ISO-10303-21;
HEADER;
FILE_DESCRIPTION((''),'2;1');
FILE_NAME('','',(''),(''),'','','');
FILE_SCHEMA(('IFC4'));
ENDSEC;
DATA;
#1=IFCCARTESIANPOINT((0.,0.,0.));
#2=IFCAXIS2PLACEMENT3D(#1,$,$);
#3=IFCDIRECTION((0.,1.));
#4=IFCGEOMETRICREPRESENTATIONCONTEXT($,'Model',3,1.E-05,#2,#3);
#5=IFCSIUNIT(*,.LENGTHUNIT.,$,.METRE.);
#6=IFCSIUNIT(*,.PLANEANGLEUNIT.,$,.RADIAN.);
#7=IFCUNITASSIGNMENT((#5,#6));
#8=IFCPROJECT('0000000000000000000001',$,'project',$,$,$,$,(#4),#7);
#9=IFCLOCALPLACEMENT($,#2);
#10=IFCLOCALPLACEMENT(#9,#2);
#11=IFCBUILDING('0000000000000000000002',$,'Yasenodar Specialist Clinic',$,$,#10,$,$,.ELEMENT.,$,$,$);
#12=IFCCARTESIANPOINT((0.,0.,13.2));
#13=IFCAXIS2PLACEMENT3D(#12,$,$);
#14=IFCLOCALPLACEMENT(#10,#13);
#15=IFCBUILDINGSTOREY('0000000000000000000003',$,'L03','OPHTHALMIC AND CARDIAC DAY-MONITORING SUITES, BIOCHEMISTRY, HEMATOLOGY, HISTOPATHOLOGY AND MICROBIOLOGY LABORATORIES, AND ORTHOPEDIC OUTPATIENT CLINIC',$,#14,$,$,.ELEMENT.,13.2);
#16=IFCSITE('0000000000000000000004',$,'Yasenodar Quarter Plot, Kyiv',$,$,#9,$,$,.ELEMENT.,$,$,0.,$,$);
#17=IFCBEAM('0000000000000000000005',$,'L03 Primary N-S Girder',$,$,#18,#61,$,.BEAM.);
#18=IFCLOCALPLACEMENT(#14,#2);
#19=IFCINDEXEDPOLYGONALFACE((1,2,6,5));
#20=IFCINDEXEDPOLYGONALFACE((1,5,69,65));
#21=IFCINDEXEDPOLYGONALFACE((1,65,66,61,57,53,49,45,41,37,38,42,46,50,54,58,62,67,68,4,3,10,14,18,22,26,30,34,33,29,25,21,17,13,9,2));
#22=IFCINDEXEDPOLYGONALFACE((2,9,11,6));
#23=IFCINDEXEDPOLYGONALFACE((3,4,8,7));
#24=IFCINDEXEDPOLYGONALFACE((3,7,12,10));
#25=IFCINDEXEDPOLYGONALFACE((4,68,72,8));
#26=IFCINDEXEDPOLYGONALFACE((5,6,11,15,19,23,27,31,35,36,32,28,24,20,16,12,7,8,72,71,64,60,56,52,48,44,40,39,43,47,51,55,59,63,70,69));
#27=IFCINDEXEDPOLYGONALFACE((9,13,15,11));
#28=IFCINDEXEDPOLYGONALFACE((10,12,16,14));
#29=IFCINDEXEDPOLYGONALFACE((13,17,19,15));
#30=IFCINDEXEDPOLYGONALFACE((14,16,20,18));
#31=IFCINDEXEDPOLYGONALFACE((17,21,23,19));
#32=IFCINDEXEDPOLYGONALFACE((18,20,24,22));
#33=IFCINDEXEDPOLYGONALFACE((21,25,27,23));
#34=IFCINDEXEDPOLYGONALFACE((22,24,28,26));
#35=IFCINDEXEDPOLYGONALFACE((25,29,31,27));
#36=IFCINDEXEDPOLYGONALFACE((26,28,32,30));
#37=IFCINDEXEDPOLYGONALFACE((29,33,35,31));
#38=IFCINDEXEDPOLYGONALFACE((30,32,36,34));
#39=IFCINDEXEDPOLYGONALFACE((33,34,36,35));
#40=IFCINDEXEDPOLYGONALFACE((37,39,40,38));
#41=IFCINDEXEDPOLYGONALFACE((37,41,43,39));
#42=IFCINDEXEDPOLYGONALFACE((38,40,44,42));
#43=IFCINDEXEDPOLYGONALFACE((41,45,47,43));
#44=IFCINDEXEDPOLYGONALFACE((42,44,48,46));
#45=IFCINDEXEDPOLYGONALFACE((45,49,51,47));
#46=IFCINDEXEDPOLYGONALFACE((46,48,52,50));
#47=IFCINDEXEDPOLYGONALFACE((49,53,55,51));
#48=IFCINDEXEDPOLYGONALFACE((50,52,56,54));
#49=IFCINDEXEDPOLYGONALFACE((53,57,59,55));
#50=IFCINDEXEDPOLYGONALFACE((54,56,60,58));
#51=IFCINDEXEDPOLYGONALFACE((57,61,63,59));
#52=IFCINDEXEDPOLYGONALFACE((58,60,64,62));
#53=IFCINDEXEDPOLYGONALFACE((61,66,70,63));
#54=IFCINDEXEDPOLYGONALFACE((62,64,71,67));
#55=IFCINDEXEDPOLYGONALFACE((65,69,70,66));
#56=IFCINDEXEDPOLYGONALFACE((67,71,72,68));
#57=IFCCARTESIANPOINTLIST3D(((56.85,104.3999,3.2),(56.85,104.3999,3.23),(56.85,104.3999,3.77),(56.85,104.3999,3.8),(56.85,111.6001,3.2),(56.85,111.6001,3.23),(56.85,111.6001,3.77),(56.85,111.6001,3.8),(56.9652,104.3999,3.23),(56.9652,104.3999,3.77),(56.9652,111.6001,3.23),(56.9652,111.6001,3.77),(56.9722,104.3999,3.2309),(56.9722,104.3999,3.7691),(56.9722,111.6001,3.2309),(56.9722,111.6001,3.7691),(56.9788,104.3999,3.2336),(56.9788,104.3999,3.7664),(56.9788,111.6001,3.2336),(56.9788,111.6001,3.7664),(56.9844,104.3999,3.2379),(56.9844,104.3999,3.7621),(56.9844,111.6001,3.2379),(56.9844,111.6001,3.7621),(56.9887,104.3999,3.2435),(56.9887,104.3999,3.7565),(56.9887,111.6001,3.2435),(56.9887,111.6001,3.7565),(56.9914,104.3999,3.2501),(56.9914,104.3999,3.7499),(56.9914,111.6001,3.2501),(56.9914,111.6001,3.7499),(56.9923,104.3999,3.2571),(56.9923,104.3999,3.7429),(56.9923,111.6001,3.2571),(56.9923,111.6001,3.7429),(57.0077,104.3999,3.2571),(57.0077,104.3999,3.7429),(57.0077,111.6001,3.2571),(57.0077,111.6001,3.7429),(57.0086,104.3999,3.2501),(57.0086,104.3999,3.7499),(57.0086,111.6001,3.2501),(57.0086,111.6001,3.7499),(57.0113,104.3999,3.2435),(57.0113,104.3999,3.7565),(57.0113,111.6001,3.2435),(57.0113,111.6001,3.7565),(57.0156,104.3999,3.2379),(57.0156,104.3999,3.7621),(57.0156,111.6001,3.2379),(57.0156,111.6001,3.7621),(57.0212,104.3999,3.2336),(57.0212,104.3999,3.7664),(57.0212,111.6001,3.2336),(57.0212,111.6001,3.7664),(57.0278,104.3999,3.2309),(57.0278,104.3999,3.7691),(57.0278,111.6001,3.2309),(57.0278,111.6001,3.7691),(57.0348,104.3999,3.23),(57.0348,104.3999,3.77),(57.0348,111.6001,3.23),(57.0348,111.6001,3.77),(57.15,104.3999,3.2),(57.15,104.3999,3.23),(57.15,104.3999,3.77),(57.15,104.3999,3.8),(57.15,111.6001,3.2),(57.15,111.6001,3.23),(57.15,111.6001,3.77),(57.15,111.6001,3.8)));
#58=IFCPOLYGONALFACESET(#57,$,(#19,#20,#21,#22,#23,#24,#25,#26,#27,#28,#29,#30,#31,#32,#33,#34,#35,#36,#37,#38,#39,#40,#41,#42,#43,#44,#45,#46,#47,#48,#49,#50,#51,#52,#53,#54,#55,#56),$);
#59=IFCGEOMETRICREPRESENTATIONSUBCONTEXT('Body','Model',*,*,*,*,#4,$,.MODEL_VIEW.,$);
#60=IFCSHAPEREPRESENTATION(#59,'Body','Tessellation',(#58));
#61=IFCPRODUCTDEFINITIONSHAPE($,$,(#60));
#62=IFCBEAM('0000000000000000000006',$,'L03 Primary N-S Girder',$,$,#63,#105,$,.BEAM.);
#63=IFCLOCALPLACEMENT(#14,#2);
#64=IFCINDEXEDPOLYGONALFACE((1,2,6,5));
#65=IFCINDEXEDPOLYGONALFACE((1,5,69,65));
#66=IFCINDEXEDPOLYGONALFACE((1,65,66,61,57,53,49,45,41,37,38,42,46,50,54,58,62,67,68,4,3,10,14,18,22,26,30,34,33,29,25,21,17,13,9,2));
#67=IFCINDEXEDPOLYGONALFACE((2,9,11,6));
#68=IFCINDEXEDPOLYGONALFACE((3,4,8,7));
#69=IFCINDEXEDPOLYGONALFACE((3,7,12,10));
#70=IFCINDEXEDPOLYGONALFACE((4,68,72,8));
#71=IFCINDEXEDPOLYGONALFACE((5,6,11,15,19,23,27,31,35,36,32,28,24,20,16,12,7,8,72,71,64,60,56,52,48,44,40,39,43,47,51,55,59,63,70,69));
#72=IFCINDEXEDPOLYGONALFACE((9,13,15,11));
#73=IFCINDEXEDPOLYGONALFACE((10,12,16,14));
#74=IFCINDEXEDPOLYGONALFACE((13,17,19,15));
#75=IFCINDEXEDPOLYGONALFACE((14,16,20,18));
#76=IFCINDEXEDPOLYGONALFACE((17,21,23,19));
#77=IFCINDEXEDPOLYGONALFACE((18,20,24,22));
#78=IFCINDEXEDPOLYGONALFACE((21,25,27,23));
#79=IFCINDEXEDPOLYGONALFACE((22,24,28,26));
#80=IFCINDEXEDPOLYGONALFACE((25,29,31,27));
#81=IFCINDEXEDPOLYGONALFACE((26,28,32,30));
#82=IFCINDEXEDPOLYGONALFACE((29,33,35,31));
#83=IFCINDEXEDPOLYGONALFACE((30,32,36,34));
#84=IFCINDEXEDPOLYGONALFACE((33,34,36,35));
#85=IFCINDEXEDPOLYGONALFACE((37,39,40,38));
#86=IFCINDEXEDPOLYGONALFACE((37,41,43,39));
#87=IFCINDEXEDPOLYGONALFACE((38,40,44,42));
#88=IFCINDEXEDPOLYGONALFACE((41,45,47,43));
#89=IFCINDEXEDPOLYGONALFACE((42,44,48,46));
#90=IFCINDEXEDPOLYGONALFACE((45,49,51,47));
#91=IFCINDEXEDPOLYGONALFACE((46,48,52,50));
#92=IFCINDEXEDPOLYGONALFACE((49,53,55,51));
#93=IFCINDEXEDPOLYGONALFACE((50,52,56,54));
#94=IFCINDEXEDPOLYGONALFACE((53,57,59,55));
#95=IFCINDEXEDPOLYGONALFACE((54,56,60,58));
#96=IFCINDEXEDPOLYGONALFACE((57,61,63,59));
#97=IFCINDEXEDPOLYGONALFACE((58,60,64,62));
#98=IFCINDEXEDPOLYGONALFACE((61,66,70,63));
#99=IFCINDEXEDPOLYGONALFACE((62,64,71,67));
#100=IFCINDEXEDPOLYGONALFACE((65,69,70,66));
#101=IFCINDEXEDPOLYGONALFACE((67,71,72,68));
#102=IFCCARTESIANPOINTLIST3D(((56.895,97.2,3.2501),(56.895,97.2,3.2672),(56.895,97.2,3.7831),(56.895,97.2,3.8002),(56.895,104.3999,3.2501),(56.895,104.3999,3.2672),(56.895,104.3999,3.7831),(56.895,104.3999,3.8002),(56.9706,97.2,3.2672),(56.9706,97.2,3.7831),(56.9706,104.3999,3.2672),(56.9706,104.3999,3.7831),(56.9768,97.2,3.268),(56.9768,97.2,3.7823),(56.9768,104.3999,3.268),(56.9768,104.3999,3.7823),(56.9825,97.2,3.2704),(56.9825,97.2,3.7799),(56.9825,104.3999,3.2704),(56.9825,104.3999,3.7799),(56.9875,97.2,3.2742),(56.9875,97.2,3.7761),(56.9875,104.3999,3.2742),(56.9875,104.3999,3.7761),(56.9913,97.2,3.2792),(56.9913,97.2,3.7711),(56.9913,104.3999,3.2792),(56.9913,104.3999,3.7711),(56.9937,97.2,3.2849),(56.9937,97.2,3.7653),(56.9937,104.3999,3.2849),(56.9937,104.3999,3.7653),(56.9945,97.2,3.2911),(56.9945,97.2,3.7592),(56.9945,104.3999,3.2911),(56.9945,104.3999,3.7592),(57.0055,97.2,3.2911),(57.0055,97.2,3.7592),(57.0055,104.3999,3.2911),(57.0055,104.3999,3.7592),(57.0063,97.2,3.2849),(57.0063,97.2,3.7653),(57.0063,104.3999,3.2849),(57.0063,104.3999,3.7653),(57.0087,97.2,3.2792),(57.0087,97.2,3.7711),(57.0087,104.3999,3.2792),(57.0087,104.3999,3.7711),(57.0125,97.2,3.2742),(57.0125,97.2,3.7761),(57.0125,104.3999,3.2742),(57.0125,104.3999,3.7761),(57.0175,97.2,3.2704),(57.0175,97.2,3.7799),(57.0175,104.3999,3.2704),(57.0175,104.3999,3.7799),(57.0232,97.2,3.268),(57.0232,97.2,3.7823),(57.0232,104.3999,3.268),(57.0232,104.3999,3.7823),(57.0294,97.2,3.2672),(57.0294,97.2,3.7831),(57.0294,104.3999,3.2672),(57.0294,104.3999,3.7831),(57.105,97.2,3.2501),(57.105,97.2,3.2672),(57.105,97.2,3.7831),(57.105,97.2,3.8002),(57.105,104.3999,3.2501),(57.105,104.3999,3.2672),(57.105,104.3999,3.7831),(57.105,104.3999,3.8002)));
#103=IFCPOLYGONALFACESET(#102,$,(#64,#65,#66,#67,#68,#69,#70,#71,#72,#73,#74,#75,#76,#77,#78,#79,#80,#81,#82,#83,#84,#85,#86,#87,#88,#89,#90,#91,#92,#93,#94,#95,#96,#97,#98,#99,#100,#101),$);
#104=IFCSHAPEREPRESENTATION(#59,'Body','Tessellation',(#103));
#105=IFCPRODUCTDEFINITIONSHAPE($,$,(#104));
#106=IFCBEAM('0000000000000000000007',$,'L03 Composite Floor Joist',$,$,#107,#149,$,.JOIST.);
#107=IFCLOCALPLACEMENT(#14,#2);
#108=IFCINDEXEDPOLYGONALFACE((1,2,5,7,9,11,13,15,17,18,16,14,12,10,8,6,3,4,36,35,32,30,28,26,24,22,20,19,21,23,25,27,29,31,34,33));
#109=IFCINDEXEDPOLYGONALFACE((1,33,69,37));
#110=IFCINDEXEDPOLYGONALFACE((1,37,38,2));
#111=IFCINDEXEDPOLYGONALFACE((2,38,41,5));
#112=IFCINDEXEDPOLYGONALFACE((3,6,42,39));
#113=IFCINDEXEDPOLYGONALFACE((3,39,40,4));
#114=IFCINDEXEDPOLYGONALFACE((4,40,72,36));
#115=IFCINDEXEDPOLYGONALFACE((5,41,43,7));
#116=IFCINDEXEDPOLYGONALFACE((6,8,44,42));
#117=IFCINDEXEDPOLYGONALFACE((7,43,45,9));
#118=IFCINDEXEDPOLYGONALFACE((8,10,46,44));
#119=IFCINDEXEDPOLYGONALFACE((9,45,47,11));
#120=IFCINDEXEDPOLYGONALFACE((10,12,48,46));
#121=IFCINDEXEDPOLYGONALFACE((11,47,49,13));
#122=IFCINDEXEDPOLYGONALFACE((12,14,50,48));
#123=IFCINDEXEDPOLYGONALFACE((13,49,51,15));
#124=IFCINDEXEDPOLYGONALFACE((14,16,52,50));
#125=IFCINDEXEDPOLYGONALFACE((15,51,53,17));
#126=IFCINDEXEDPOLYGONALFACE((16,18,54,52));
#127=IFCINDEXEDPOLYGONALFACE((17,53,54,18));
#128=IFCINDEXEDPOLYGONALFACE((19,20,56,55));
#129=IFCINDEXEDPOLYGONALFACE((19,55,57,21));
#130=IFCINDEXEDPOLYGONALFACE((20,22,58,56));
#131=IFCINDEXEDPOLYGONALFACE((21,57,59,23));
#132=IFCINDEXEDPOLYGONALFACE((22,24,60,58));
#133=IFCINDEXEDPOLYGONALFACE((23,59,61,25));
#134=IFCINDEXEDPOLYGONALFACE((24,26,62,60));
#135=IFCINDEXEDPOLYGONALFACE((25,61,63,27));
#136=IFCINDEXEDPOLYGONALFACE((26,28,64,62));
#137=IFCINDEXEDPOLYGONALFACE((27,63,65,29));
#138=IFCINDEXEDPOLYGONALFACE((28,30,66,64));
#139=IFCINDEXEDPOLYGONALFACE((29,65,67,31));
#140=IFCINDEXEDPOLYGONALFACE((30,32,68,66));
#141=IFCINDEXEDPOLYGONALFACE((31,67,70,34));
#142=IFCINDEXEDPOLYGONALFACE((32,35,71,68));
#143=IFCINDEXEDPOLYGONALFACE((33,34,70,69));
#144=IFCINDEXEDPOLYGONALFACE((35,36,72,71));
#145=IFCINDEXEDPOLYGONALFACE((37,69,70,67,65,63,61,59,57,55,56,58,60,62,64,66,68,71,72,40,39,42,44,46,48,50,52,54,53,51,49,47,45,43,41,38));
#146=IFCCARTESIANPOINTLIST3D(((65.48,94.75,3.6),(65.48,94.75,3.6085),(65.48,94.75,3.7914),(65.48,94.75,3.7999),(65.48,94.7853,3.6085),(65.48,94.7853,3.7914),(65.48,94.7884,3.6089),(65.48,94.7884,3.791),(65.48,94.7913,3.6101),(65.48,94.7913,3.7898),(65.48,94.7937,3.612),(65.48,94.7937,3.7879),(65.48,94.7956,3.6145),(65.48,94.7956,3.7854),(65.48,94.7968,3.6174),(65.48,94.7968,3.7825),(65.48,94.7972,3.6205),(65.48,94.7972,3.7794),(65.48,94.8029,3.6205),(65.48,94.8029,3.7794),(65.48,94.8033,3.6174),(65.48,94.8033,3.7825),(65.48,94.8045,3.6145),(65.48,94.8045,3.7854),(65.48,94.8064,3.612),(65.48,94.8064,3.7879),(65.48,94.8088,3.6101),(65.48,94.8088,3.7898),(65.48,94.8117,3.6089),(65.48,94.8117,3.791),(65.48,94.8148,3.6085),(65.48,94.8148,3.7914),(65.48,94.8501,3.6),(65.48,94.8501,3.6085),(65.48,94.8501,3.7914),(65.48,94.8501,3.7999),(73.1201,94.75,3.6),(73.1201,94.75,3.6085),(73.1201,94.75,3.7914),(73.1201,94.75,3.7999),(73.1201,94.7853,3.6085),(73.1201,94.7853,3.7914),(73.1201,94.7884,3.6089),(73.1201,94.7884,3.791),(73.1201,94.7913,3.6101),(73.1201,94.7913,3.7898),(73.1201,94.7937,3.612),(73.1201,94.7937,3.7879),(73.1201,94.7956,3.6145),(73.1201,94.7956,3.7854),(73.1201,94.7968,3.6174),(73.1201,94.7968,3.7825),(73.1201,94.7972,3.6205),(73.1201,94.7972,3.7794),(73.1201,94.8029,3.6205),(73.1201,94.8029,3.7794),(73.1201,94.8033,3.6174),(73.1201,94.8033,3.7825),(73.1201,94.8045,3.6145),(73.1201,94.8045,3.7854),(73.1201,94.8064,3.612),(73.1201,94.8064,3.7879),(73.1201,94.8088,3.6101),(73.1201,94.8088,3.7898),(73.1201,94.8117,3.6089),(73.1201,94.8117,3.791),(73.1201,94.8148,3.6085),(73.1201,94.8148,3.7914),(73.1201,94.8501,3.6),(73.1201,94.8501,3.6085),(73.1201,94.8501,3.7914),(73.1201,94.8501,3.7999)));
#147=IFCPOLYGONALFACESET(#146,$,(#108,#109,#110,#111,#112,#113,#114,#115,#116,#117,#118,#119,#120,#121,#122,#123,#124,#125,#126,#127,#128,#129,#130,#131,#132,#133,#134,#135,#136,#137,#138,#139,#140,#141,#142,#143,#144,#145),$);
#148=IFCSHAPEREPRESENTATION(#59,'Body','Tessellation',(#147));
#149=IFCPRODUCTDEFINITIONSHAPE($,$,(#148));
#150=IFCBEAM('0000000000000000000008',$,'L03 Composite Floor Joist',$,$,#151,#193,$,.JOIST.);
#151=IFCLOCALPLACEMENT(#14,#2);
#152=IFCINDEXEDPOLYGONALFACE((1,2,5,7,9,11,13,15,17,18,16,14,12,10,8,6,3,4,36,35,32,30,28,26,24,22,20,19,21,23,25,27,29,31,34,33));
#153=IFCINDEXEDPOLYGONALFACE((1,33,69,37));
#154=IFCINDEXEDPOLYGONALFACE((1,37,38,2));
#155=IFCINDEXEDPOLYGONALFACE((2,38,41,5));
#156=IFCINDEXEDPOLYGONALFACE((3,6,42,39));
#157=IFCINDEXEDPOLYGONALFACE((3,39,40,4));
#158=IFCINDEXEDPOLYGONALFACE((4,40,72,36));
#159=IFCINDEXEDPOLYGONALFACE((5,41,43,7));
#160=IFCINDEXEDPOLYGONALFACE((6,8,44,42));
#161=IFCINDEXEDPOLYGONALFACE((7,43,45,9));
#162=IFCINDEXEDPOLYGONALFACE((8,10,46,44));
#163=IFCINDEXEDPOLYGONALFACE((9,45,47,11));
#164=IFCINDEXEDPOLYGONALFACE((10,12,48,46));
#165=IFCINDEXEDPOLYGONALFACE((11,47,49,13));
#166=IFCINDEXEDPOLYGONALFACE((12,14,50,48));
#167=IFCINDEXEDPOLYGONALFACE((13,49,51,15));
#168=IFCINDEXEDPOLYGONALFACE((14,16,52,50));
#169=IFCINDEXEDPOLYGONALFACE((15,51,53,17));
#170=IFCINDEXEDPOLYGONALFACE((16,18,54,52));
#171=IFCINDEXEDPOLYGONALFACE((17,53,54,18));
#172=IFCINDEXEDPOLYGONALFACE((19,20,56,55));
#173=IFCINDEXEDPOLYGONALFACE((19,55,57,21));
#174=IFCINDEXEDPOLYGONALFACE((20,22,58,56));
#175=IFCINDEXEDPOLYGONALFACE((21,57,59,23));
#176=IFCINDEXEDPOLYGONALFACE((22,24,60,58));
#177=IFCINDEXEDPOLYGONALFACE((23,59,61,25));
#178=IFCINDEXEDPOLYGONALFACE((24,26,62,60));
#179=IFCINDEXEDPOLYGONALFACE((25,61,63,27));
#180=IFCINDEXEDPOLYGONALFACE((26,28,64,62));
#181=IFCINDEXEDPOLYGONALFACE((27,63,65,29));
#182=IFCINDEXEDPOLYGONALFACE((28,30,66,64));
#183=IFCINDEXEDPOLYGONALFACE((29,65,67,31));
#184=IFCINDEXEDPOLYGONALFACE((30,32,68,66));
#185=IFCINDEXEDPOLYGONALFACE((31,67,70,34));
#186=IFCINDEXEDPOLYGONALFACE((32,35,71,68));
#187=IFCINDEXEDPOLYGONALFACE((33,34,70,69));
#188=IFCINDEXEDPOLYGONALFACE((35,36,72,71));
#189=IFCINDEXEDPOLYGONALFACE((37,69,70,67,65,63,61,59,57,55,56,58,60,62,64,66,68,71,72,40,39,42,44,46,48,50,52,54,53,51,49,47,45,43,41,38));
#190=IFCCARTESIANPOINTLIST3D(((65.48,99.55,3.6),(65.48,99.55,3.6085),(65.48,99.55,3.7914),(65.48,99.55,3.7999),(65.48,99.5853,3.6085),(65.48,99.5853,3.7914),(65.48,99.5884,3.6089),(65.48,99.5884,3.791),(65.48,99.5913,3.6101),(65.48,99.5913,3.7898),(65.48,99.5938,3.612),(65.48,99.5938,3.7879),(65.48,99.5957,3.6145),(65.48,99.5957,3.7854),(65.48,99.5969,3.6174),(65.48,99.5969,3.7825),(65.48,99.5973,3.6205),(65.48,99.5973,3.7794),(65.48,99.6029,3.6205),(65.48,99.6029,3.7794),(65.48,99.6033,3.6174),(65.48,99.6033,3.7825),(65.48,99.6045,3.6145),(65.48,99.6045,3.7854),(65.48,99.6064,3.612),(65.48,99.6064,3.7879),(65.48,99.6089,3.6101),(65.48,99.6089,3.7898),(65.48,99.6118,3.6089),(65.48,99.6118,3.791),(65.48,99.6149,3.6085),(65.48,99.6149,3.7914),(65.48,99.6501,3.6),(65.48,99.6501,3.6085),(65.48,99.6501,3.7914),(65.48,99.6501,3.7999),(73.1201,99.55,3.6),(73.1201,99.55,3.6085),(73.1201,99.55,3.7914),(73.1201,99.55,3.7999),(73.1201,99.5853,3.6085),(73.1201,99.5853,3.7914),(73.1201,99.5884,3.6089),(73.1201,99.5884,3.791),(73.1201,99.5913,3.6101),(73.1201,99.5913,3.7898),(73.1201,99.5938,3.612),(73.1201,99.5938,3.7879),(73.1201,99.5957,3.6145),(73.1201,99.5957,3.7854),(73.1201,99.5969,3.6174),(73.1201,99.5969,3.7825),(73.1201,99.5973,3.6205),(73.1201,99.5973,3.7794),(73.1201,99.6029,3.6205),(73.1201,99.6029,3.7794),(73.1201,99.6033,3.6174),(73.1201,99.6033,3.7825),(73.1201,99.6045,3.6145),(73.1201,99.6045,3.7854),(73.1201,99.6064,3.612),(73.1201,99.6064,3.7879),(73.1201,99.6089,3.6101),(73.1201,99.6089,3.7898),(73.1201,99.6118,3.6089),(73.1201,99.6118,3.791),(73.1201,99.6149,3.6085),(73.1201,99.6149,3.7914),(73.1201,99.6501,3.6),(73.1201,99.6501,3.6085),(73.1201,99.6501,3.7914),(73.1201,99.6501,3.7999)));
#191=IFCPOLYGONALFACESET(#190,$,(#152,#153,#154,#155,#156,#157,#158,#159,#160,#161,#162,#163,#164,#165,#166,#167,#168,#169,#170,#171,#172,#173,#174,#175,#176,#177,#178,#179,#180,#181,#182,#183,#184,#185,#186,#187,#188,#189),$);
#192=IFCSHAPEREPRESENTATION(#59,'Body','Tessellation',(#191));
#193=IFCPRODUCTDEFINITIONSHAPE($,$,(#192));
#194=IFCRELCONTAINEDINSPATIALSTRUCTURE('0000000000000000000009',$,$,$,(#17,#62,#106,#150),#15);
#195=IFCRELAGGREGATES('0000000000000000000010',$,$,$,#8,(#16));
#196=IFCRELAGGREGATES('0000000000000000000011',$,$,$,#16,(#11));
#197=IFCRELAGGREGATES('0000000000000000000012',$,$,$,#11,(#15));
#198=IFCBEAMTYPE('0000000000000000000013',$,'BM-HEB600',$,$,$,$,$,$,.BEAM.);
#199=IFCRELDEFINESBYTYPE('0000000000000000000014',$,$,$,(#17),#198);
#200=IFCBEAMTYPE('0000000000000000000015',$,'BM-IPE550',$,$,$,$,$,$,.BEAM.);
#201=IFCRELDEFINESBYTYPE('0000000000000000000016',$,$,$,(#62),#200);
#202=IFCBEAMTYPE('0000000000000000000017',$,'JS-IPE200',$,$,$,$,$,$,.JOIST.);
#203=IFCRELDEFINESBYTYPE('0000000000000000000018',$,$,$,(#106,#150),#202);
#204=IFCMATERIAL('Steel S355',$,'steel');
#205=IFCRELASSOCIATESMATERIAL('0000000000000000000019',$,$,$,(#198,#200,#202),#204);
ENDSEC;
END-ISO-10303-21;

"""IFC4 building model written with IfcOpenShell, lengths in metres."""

from ifc_helpers import new_model, si_unit, direction, frame, origin, origin_2d, place, context, subcontext, project, spatial, i_section, extrude, material, material_profile, profile_set, type_object, element, save


model = new_model("IFC4")

# Units and contexts
model_context = context("Model", 3, precision=1e-05, world=origin(), true_north=direction((0.0, 1.0)))
body_context = subcontext(model_context, "Body", "Model", "MODEL_VIEW")
ifc_project = project(units=[si_unit("LENGTHUNIT", "METRE"), si_unit("PLANEANGLEUNIT", "RADIAN")], contexts=[model_context])

# Site, building, storey
site_placement = place(None, origin())
site = spatial("IfcSite", under=ifc_project, at=site_placement, Name="Yasenodar Quarter Plot, Kyiv", CompositionType="ELEMENT", RefElevation=0.0)
building_placement = place(site_placement, origin())
building = spatial("IfcBuilding", under=site, at=building_placement, Name="Yasenodar Specialist Clinic", CompositionType="ELEMENT")
storey_placement = place(building_placement, frame((0.0, 0.0, 13.2)))
storey = spatial("IfcBuildingStorey", under=building, at=storey_placement, Name="L03", Description="OPHTHALMIC AND CARDIAC DAY-MONITORING SUITES, BIOCHEMISTRY, HEMATOLOGY, HISTOPATHOLOGY AND MICROBIOLOGY LABORATORIES, AND ORTHOPEDIC OUTPATIENT CLINIC", CompositionType="ELEMENT", Elevation=13.2)

# Shared definitions
ifc_material_1 = material(Name="Steel S355", Category="steel")

# Beams
ifc_material_profile_1 = material_profile(ifc_material_1, i_section(OverallWidth=0.3, OverallDepth=0.6001, WebThickness=0.0154, FlangeThickness=0.03, FilletRadius=0.0271, at=origin_2d()), Name="HEB 600")
ifc_profile_set_1 = profile_set([ifc_material_profile_1], Name="Steel S355")
beam_type_1 = type_object("IfcBeamType", Name="BM-HEB600", PredefinedType="BEAM", material=ifc_profile_set_1)
beam_1_placement = place(storey_placement, frame((57.0, 104.3999, 3.5), z_axis=(0.0, 1.0, 0.0), x_axis=(-1.0, 0.0, 0.0)))
element("IfcBeam", 1, at=beam_1_placement, inside=storey, type_object=beam_type_1, Name="L03 Primary N-S Girder", PredefinedType="BEAM", context=body_context, shape_type="SweptSolid", body=[
    extrude(i_section(OverallWidth=0.3, OverallDepth=0.6001, WebThickness=0.0154, FlangeThickness=0.03, FilletRadius=0.0271, at=origin_2d()), origin(), (0.0, 0.0, 1.0), 7.2002),
])
ifc_material_profile_2 = material_profile(ifc_material_1, i_section(OverallWidth=0.21, OverallDepth=0.55, WebThickness=0.011, FlangeThickness=0.0171, FilletRadius=0.0239, at=origin_2d()), Name="IPE 550")
ifc_profile_set_2 = profile_set([ifc_material_profile_2], Name="Steel S355")
beam_type_2 = type_object("IfcBeamType", Name="BM-IPE550", PredefinedType="BEAM", material=ifc_profile_set_2)
beam_2_placement = place(storey_placement, frame((57.0, 97.2, 3.5251), z_axis=(0.0, 1.0, 0.0), x_axis=(-1.0, 0.0, 0.0)))
element("IfcBeam", 2, at=beam_2_placement, inside=storey, type_object=beam_type_2, Name="L03 Primary N-S Girder", PredefinedType="BEAM", context=body_context, shape_type="SweptSolid", body=[
    extrude(i_section(OverallWidth=0.21, OverallDepth=0.55, WebThickness=0.011, FlangeThickness=0.0171, FilletRadius=0.0239, at=origin_2d()), origin(), (0.0, 0.0, 1.0), 7.2),
])
ifc_material_profile_3 = material_profile(ifc_material_1, i_section(OverallWidth=0.1001, OverallDepth=0.2, WebThickness=0.0056, FlangeThickness=0.0085, FilletRadius=0.012, at=origin_2d()), Name="IPE 200")
ifc_profile_set_3 = profile_set([ifc_material_profile_3], Name="Steel S355")
beam_type_3 = type_object("IfcBeamType", Name="JS-IPE200", PredefinedType="JOIST", material=ifc_profile_set_3)
for number, where, z_axis, x_axis, name in (
    (3, (65.48, 94.8, 3.7), (1.0, 0.0, 0.0), (0.0, 1.0, 0.0), "L03 Composite Floor Joist"),
    (4, (65.48, 99.6001, 3.7), (1.0, 0.0, 0.0), (0.0, 1.0, 0.0), "L03 Composite Floor Joist"),
):
    element("IfcBeam", number, at=place(storey_placement, frame(where, z_axis=z_axis, x_axis=x_axis)), inside=storey, type_object=beam_type_3, Name=name, PredefinedType="JOIST", context=body_context, shape_type="SweptSolid", body=[
        extrude(i_section(OverallWidth=0.1001, OverallDepth=0.2, WebThickness=0.0056, FlangeThickness=0.0085, FilletRadius=0.012, at=origin_2d()), origin(), (0.0, 0.0, 1.0), 7.6401),
    ])

save(model, "model.ifc")
